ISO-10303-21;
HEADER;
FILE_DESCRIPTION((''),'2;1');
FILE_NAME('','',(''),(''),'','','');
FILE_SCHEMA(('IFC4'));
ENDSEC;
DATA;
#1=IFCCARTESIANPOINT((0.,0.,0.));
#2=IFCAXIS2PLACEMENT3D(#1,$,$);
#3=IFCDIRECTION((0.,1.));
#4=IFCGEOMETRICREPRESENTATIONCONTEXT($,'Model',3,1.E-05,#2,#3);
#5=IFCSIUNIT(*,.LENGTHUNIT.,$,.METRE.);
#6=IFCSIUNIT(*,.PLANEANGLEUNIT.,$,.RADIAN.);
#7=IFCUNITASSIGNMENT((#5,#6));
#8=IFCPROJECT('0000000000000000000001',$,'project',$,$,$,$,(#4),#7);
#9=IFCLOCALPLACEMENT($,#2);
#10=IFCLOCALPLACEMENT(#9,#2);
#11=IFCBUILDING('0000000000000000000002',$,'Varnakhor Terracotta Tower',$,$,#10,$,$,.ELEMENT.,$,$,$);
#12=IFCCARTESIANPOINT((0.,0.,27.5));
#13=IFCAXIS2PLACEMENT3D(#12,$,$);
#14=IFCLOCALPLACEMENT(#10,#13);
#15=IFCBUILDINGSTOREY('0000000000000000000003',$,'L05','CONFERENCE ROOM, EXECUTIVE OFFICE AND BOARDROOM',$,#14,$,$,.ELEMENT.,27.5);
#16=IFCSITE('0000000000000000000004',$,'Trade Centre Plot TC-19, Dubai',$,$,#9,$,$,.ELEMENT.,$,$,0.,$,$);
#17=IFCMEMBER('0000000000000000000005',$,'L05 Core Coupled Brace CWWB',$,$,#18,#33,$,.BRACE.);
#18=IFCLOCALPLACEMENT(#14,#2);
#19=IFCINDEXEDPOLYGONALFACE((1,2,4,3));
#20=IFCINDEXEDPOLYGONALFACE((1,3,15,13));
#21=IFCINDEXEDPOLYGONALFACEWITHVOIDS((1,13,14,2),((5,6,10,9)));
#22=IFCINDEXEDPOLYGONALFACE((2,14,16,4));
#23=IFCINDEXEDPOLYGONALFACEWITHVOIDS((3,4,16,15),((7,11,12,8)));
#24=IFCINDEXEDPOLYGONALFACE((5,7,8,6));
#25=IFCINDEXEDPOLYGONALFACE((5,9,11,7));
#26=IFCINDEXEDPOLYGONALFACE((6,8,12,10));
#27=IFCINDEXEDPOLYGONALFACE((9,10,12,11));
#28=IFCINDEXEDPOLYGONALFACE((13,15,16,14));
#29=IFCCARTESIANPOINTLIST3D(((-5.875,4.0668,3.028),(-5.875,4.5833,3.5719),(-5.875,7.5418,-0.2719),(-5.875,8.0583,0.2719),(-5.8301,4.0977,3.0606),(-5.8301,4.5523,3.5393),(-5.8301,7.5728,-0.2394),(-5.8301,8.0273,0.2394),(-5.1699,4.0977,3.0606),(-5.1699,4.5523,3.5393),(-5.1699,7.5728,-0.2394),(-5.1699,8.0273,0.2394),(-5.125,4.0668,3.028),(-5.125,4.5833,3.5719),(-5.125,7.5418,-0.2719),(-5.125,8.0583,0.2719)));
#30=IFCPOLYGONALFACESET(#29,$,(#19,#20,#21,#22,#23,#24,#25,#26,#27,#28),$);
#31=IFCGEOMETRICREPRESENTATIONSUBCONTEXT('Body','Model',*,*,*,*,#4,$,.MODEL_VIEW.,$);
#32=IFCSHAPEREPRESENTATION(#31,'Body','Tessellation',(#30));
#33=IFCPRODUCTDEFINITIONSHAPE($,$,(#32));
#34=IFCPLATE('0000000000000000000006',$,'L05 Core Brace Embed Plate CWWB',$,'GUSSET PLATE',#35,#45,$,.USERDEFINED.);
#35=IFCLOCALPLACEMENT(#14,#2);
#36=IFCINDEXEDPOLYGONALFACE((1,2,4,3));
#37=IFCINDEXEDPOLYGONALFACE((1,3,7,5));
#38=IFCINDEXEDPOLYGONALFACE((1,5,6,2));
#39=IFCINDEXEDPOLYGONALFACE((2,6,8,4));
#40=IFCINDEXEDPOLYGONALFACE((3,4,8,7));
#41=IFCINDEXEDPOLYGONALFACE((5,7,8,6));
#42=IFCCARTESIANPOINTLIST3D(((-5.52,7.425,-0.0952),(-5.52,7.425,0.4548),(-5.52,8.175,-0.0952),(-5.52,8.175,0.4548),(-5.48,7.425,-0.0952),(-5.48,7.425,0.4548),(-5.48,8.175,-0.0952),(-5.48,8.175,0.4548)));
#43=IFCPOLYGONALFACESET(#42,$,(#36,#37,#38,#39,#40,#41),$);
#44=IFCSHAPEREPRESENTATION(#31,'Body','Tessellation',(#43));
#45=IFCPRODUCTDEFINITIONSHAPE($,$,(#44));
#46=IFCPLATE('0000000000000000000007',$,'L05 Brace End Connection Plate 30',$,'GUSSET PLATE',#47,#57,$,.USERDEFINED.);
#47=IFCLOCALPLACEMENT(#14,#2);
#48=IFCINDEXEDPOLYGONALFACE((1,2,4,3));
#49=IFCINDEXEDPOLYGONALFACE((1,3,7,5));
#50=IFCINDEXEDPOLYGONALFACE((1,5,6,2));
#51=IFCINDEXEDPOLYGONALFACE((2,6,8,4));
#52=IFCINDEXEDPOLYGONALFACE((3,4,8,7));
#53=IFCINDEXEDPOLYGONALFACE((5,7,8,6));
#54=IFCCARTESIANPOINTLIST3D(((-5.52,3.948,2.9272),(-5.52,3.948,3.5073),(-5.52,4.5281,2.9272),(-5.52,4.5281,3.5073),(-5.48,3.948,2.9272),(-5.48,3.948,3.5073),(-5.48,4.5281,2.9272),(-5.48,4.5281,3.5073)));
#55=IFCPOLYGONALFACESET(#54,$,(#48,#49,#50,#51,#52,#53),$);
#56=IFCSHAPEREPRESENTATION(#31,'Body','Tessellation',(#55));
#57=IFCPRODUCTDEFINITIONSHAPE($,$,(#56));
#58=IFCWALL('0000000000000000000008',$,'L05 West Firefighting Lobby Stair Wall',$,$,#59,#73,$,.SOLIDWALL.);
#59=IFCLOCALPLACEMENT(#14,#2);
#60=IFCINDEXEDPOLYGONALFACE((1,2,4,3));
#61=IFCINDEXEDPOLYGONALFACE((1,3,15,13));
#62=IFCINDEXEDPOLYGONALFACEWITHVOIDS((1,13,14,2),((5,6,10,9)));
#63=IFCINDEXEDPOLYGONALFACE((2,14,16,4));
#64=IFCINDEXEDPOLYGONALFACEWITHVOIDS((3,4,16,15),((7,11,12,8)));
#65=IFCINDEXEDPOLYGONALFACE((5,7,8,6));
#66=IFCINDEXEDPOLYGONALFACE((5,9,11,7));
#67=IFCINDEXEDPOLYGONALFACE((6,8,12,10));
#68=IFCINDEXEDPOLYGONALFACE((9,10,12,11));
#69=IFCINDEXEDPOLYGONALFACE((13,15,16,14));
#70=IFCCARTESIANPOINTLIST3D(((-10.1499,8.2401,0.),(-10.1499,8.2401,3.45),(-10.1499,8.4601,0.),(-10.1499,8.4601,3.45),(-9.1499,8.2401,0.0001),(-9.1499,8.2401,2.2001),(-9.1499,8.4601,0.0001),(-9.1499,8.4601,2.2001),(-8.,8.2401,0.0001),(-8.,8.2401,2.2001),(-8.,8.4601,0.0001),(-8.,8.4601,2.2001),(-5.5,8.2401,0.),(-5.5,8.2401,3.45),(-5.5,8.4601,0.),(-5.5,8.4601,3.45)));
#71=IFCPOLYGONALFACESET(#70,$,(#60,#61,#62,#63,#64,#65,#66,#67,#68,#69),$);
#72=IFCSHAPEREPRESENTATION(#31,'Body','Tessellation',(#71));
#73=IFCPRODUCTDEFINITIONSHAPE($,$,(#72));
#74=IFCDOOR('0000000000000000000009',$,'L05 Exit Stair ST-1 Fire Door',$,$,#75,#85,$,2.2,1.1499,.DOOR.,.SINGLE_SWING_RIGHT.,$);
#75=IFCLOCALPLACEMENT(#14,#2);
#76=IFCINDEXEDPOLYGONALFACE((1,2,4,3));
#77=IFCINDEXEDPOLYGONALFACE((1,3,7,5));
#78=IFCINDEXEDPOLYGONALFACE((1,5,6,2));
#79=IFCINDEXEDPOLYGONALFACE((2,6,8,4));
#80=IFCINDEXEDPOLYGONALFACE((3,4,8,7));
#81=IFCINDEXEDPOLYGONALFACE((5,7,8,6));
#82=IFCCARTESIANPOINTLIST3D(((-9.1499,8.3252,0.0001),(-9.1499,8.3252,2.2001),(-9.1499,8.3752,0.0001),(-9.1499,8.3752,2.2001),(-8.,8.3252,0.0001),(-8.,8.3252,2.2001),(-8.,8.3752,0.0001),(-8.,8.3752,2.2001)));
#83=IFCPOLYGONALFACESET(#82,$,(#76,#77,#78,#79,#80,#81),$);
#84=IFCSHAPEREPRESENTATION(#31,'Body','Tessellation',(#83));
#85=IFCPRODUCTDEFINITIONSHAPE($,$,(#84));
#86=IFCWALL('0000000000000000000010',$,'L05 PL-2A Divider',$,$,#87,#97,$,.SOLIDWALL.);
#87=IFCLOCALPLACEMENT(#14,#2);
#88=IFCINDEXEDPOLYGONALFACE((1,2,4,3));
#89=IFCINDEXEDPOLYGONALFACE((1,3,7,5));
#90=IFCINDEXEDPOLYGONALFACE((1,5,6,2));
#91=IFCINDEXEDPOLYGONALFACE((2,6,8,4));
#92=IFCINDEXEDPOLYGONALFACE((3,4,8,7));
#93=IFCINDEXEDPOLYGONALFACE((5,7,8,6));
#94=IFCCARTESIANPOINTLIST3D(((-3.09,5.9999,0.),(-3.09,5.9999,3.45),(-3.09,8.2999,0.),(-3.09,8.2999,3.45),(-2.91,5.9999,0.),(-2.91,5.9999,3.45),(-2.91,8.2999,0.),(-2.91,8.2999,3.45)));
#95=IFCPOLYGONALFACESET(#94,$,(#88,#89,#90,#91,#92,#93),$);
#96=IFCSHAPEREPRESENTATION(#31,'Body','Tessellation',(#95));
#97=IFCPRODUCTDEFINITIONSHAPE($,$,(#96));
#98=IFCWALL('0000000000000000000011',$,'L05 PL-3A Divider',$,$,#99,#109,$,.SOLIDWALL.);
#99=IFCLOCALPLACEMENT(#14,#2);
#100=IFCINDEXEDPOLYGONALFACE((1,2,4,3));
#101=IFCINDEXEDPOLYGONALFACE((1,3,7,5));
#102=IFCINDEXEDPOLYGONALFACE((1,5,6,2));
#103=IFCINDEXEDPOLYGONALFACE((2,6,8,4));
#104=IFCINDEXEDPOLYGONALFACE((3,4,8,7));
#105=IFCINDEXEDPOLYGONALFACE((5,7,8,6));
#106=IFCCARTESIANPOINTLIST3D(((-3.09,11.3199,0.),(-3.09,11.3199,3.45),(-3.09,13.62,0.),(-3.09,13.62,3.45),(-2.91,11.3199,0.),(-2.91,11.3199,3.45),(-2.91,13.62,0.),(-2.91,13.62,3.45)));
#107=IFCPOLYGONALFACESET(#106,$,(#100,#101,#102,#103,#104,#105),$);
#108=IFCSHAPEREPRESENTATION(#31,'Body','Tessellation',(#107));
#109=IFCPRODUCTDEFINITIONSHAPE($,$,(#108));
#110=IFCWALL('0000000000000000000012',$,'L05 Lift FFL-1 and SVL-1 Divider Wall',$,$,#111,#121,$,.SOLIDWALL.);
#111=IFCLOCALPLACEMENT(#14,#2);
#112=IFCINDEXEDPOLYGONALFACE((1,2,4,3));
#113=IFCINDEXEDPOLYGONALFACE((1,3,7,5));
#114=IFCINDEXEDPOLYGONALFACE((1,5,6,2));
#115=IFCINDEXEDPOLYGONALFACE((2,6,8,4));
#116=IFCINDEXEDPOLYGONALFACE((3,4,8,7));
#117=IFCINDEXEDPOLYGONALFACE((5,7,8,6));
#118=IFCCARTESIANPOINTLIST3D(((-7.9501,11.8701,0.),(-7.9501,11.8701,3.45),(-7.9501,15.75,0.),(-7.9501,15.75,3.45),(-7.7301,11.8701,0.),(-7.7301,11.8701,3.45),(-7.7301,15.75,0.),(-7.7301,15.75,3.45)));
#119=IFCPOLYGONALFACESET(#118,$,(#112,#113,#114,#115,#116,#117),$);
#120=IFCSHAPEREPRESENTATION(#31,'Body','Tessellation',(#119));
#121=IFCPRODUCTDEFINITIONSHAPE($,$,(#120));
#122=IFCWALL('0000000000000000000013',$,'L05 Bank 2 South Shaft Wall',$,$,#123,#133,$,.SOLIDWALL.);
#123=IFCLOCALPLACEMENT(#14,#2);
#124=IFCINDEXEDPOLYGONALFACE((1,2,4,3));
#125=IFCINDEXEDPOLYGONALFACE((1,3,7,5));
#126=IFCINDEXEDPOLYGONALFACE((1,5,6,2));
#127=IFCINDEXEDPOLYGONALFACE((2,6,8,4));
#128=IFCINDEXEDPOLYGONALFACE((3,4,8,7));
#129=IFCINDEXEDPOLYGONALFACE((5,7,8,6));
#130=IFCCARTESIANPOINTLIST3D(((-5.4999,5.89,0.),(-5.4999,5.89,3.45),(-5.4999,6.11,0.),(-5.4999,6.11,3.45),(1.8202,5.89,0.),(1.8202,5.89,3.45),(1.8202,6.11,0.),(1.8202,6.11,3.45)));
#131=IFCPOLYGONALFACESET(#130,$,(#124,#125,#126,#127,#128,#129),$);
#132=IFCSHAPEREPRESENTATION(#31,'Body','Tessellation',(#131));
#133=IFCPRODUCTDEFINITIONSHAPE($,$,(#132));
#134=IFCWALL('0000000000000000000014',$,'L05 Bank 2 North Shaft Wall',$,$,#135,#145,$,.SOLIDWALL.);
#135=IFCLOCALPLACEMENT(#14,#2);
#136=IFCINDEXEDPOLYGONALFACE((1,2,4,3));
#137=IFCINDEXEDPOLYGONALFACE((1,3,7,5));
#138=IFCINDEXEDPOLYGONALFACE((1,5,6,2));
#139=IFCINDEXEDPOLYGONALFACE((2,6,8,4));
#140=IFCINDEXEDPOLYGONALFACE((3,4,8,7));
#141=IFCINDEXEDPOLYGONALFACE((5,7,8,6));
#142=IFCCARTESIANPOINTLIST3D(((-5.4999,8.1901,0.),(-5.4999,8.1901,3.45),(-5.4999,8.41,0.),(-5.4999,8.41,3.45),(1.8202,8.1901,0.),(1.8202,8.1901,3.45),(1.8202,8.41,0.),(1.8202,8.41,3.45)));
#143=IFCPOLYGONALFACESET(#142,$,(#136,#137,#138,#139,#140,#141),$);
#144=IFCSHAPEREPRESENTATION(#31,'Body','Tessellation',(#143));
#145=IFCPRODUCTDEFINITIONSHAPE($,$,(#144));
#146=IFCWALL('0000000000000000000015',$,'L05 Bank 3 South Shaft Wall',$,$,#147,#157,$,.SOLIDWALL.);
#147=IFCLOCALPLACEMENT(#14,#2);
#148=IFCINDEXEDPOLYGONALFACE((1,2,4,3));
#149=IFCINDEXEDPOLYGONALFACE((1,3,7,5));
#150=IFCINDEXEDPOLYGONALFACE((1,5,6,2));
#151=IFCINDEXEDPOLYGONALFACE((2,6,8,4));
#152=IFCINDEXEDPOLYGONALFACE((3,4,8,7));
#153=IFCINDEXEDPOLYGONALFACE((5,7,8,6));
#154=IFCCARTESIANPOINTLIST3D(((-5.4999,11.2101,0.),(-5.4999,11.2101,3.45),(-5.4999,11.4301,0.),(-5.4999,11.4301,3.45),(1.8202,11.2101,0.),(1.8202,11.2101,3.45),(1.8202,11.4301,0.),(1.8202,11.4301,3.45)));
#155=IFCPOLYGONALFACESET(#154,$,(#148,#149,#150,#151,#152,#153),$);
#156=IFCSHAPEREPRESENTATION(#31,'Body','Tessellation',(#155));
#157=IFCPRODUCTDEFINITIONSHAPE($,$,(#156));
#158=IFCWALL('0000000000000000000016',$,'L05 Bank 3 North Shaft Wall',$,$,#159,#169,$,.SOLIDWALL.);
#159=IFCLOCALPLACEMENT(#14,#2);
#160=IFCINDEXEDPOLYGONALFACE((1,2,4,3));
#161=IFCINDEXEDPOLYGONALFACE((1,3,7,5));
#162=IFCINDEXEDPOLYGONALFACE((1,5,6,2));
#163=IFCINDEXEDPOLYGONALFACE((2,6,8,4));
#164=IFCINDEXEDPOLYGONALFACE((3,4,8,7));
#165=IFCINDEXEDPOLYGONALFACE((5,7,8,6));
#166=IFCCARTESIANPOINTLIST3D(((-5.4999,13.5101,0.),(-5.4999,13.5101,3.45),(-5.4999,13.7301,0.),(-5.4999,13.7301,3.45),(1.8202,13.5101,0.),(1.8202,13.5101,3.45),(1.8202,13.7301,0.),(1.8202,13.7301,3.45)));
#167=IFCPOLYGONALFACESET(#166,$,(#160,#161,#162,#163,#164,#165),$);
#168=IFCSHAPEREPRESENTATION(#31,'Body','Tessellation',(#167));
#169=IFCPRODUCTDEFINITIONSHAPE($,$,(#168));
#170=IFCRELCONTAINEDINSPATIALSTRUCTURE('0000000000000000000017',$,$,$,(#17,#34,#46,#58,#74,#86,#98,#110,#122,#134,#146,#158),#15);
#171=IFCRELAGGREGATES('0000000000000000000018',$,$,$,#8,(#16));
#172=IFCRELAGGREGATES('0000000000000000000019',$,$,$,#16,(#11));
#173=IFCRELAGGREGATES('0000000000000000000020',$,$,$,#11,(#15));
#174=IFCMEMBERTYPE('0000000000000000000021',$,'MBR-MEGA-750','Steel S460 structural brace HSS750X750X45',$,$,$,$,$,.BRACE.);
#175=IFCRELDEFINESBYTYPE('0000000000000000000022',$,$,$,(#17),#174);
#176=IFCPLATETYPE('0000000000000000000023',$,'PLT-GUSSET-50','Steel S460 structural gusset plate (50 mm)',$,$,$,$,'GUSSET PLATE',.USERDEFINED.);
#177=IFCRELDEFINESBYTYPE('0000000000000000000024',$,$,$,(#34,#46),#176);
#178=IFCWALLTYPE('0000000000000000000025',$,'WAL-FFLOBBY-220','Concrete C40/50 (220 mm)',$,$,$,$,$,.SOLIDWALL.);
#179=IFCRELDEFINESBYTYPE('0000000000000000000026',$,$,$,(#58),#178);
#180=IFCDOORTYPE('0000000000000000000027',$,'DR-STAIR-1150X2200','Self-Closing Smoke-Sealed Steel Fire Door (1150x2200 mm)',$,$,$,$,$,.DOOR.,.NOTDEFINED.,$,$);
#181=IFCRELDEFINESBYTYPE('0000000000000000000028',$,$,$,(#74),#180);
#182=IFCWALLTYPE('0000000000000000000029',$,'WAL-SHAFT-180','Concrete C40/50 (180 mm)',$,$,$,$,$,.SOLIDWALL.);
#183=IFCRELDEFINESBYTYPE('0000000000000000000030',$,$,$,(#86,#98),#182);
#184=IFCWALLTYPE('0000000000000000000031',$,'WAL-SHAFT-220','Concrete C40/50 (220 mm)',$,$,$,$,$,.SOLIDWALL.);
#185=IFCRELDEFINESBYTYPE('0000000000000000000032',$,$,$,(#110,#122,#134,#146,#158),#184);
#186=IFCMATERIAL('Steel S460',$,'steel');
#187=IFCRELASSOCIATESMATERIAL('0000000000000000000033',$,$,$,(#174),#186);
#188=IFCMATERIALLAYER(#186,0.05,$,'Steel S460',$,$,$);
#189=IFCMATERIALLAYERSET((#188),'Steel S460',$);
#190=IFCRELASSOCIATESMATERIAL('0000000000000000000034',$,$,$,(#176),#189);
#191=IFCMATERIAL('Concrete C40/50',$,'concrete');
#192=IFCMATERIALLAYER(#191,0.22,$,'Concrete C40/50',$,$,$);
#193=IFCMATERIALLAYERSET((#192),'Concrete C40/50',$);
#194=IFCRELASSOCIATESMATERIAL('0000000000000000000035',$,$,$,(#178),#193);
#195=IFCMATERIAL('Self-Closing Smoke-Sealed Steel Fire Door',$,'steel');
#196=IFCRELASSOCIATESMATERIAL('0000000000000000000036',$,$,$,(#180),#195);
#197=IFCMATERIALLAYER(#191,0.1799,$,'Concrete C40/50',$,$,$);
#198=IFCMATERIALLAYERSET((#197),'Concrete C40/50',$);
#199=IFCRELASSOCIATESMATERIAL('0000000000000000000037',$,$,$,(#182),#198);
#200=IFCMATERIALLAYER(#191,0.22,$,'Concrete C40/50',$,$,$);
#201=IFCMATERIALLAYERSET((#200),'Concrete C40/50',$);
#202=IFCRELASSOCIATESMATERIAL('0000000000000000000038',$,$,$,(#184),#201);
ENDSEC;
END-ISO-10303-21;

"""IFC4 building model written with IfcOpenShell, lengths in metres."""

from ifc_helpers import new_model, si_unit, direction, frame, frame_2d, origin, origin_2d, place, context, subcontext, project, spatial, rectangle, hollow_rectangle, extrude, source, transform, mapped, material, layer, layer_set, material_profile, profile_set, type_object, type_shapes, element, fill, save


model = new_model("IFC4")

# Units and contexts
model_context = context("Model", 3, precision=1e-05, world=origin(), true_north=direction((0.0, 1.0)))
body_context = subcontext(model_context, "Body", "Model", "MODEL_VIEW")
ifc_project = project(units=[si_unit("LENGTHUNIT", "METRE"), si_unit("PLANEANGLEUNIT", "RADIAN")], contexts=[model_context])

# Site, building, storey
site_placement = place(None, origin())
site = spatial("IfcSite", under=ifc_project, at=site_placement, Name="Trade Centre Plot TC-19, Dubai", CompositionType="ELEMENT", RefElevation=0.0)
building_placement = place(site_placement, origin())
building = spatial("IfcBuilding", under=site, at=building_placement, Name="Varnakhor Terracotta Tower", CompositionType="ELEMENT")
storey_placement = place(building_placement, frame((0.0, 0.0, 27.5)))
storey = spatial("IfcBuildingStorey", under=building, at=storey_placement, Name="L05", Description="CONFERENCE ROOM, EXECUTIVE OFFICE AND BOARDROOM", CompositionType="ELEMENT", Elevation=27.5)

# Member
ifc_material_1 = material(Name="Steel S460", Category="steel")
ifc_material_profile = material_profile(ifc_material_1, hollow_rectangle(XDim=0.75, YDim=0.75, WallThickness=0.0449, at=origin_2d()), Name="HSS750X750X45")
ifc_profile_set = profile_set([ifc_material_profile], Name="Steel S460")
member_type = type_object("IfcMemberType", Name="MBR-MEGA-750", Description="Steel S460 structural brace HSS750X750X45", PredefinedType="BRACE", material=ifc_profile_set)
shared_shape_1 = source(origin(), body_context, "Body", "SweptSolid", [
    extrude(hollow_rectangle(XDim=0.75, YDim=0.75, WallThickness=0.0449, at=origin_2d()), origin(), (0.0, 0.0, 1.0), 4.7922),
])
member_placement = place(storey_placement, frame((-5.5, 7.8, 0.0), z_axis=(0.0, -0.725134, 0.688608), x_axis=(1.0, 0.0, 0.0)))
element("IfcMember", 1, at=member_placement, inside=storey, type_object=member_type, Name="L05 Core Coupled Brace CWWB", PredefinedType="BRACE", context=body_context, shape_type="MappedRepresentation", body=[
    mapped(shared_shape_1, transform((0.0, 0.0, 0.0), scale=1.0)),
])

# Plates
ifc_layer_1 = layer(ifc_material_1, 0.05, Name="Steel S460")
ifc_layer_set_1 = layer_set([ifc_layer_1], Name="Steel S460")
plate_type = type_object("IfcPlateType", Name="PLT-GUSSET-50", Description="Steel S460 structural gusset plate (50 mm)", ElementType="GUSSET PLATE", PredefinedType="USERDEFINED", material=ifc_layer_set_1)
shared_shape_2 = source(origin(), body_context, "Body", "SweptSolid", [
    extrude(rectangle(XDim=0.75, YDim=0.04, at=origin_2d()), origin(), (0.0, 0.0, 1.0), 0.55),
])
type_shapes(plate_type, [shared_shape_2])
plate_1_placement = place(storey_placement, frame((-5.5, 7.8, -0.0952), z_axis=(0.0, 0.0, 1.0), x_axis=(0.0, 1.0, 0.0)))
element("IfcPlate", 2, at=plate_1_placement, inside=storey, type_object=plate_type, Name="L05 Core Brace Embed Plate CWWB", ObjectType="GUSSET PLATE", PredefinedType="USERDEFINED", context=body_context, shape_type="MappedRepresentation", body=[
    mapped(shared_shape_2, transform((0.0, 0.0, 0.0), scale=1.0)),
])
shared_shape_3 = source(origin(), body_context, "Body", "SweptSolid", [
    extrude(rectangle(XDim=0.5801, YDim=0.04, at=origin_2d()), origin(), (0.0, 0.0, 1.0), 0.5801),
])
plate_2_placement = place(storey_placement, frame((-5.5, 4.238, 2.9272), z_axis=(0.0, 0.0, 1.0), x_axis=(0.0, 1.0, 0.0)))
element("IfcPlate", 3, at=plate_2_placement, inside=storey, type_object=plate_type, Name="L05 Brace End Connection Plate 30", ObjectType="GUSSET PLATE", PredefinedType="USERDEFINED", context=body_context, shape_type="MappedRepresentation", body=[
    mapped(shared_shape_3, transform((0.0, 0.0, 0.0), scale=1.0)),
])

# Wall, opening, door
ifc_material_2 = material(Name="Concrete C40/50", Category="concrete")
ifc_layer_2 = layer(ifc_material_2, 0.22, Name="Concrete C40/50")
ifc_layer_set_2 = layer_set([ifc_layer_2], Name="Concrete C40/50")
wall_type_1 = type_object("IfcWallType", Name="WAL-FFLOBBY-220", Description="Concrete C40/50 (220 mm)", PredefinedType="SOLIDWALL", material=ifc_layer_set_2)
wall_1_placement = place(storey_placement, frame((-5.5, 8.3501, 0.0), z_axis=(0.0, 0.0, 1.0), x_axis=(-1.0, 0.0, 0.0)))
wall_1 = element("IfcWall", 4, at=wall_1_placement, inside=storey, type_object=wall_type_1, Name="L05 West Firefighting Lobby Stair Wall", PredefinedType="SOLIDWALL", context=body_context, shape_type="SweptSolid", body=[
    extrude(rectangle(XDim=4.6499, YDim=0.22, at=frame_2d((2.325, 0.0))), origin(), (0.0, 0.0, 1.0), 3.45),
])
opening_1_placement = place(wall_1_placement, frame((2.5, 0.0, 0.0)))
opening_1 = element("IfcOpeningElement", 5, at=opening_1_placement, cuts=wall_1, PredefinedType="OPENING", context=body_context, shape_type="SweptSolid", body=[
    extrude(rectangle(XDim=1.1499, YDim=2.2, at=frame_2d((0.575, 1.1001))), frame((0.0, 0.1201, 0.0), z_axis=(0.0, -1.0, 0.0), x_axis=(1.0, 0.0, 0.0)), (0.0, 0.0, 1.0), 0.24),
])
ifc_material_3 = material(Name="Self-Closing Smoke-Sealed Steel Fire Door", Category="steel")
door_type_1 = type_object("IfcDoorType", Name="DR-STAIR-1150X2200", Description="Self-Closing Smoke-Sealed Steel Fire Door (1150x2200 mm)", OperationType="NOTDEFINED", PredefinedType="DOOR", material=ifc_material_3)
shared_shape_4 = source(origin(), body_context, "Body", "SweptSolid", [
    extrude(rectangle(XDim=1.1499, YDim=2.2, at=frame_2d((0.575, 1.1001))), frame((0.0, 0.0249, 0.0), z_axis=(0.0, -1.0, 0.0), x_axis=(1.0, 0.0, 0.0)), (0.0, 0.0, 1.0), 0.05),
])
type_shapes(door_type_1, [shared_shape_4])
door_1_placement = place(opening_1_placement, origin())
door_1 = element("IfcDoor", 6, at=door_1_placement, inside=storey, type_object=door_type_1, Name="L05 Exit Stair ST-1 Fire Door", OperationType="SINGLE_SWING_RIGHT", OverallHeight=2.2, OverallWidth=1.1499, PredefinedType="DOOR", context=body_context, shape_type="MappedRepresentation", body=[
    mapped(shared_shape_4, transform((0.0, 0.0, 0.0), scale=1.0)),
])
fill(opening_1, door_1)

# Walls
ifc_layer_3 = layer(ifc_material_2, 0.1799, Name="Concrete C40/50")
ifc_layer_set_3 = layer_set([ifc_layer_3], Name="Concrete C40/50")
wall_type_2 = type_object("IfcWallType", Name="WAL-SHAFT-180", Description="Concrete C40/50 (180 mm)", PredefinedType="SOLIDWALL", material=ifc_layer_set_3)
for number, where, z_axis, x_axis, name in (
    (7, (-3.0, 6.0, 0.0), (0.0, 0.0, 1.0), (0.0, 1.0, 0.0), "L05 PL-2A Divider"),
    (8, (-3.0, 11.3201, 0.0), (0.0, 0.0, 1.0), (0.0, 1.0, 0.0), "L05 PL-3A Divider"),
):
    element("IfcWall", number, at=place(storey_placement, frame(where, z_axis=z_axis, x_axis=x_axis)), inside=storey, type_object=wall_type_2, Name=name, PredefinedType="SOLIDWALL", context=body_context, shape_type="SweptSolid", body=[
        extrude(rectangle(XDim=2.3, YDim=0.1799, at=frame_2d((1.1499, 0.0))), origin(), (0.0, 0.0, 1.0), 3.45),
    ])
ifc_layer_4 = layer(ifc_material_2, 0.22, Name="Concrete C40/50")
ifc_layer_set_4 = layer_set([ifc_layer_4], Name="Concrete C40/50")
wall_type_3 = type_object("IfcWallType", Name="WAL-SHAFT-220", Description="Concrete C40/50 (220 mm)", PredefinedType="SOLIDWALL", material=ifc_layer_set_4)
wall_2_placement = place(storey_placement, frame((-7.8401, 11.8701, 0.0), z_axis=(0.0, 0.0, 1.0), x_axis=(0.0, 1.0, 0.0)))
element("IfcWall", 9, at=wall_2_placement, inside=storey, type_object=wall_type_3, Name="L05 Lift FFL-1 and SVL-1 Divider Wall", PredefinedType="SOLIDWALL", context=body_context, shape_type="SweptSolid", body=[
    extrude(rectangle(XDim=3.8799, YDim=0.22, at=frame_2d((1.9399, 0.0))), origin(), (0.0, 0.0, 1.0), 3.45),
])
for number, where, z_axis, x_axis, name in (
    (10, (-5.5, 6.0, 0.0), (0.0, 0.0, 1.0), (1.0, 0.0, 0.0), "L05 Bank 2 South Shaft Wall"),
    (11, (-5.5, 8.3, 0.0), (0.0, 0.0, 1.0), (1.0, 0.0, 0.0), "L05 Bank 2 North Shaft Wall"),
    (12, (-5.5, 11.3201, 0.0), (0.0, 0.0, 1.0), (1.0, 0.0, 0.0), "L05 Bank 3 South Shaft Wall"),
    (13, (-5.5, 13.6201, 0.0), (0.0, 0.0, 1.0), (1.0, 0.0, 0.0), "L05 Bank 3 North Shaft Wall"),
):
    element("IfcWall", number, at=place(storey_placement, frame(where, z_axis=z_axis, x_axis=x_axis)), inside=storey, type_object=wall_type_3, Name=name, PredefinedType="SOLIDWALL", context=body_context, shape_type="SweptSolid", body=[
        extrude(rectangle(XDim=7.3201, YDim=0.22, at=frame_2d((3.6602, 0.0))), origin(), (0.0, 0.0, 1.0), 3.45),
    ])

save(model, "model.ifc")
